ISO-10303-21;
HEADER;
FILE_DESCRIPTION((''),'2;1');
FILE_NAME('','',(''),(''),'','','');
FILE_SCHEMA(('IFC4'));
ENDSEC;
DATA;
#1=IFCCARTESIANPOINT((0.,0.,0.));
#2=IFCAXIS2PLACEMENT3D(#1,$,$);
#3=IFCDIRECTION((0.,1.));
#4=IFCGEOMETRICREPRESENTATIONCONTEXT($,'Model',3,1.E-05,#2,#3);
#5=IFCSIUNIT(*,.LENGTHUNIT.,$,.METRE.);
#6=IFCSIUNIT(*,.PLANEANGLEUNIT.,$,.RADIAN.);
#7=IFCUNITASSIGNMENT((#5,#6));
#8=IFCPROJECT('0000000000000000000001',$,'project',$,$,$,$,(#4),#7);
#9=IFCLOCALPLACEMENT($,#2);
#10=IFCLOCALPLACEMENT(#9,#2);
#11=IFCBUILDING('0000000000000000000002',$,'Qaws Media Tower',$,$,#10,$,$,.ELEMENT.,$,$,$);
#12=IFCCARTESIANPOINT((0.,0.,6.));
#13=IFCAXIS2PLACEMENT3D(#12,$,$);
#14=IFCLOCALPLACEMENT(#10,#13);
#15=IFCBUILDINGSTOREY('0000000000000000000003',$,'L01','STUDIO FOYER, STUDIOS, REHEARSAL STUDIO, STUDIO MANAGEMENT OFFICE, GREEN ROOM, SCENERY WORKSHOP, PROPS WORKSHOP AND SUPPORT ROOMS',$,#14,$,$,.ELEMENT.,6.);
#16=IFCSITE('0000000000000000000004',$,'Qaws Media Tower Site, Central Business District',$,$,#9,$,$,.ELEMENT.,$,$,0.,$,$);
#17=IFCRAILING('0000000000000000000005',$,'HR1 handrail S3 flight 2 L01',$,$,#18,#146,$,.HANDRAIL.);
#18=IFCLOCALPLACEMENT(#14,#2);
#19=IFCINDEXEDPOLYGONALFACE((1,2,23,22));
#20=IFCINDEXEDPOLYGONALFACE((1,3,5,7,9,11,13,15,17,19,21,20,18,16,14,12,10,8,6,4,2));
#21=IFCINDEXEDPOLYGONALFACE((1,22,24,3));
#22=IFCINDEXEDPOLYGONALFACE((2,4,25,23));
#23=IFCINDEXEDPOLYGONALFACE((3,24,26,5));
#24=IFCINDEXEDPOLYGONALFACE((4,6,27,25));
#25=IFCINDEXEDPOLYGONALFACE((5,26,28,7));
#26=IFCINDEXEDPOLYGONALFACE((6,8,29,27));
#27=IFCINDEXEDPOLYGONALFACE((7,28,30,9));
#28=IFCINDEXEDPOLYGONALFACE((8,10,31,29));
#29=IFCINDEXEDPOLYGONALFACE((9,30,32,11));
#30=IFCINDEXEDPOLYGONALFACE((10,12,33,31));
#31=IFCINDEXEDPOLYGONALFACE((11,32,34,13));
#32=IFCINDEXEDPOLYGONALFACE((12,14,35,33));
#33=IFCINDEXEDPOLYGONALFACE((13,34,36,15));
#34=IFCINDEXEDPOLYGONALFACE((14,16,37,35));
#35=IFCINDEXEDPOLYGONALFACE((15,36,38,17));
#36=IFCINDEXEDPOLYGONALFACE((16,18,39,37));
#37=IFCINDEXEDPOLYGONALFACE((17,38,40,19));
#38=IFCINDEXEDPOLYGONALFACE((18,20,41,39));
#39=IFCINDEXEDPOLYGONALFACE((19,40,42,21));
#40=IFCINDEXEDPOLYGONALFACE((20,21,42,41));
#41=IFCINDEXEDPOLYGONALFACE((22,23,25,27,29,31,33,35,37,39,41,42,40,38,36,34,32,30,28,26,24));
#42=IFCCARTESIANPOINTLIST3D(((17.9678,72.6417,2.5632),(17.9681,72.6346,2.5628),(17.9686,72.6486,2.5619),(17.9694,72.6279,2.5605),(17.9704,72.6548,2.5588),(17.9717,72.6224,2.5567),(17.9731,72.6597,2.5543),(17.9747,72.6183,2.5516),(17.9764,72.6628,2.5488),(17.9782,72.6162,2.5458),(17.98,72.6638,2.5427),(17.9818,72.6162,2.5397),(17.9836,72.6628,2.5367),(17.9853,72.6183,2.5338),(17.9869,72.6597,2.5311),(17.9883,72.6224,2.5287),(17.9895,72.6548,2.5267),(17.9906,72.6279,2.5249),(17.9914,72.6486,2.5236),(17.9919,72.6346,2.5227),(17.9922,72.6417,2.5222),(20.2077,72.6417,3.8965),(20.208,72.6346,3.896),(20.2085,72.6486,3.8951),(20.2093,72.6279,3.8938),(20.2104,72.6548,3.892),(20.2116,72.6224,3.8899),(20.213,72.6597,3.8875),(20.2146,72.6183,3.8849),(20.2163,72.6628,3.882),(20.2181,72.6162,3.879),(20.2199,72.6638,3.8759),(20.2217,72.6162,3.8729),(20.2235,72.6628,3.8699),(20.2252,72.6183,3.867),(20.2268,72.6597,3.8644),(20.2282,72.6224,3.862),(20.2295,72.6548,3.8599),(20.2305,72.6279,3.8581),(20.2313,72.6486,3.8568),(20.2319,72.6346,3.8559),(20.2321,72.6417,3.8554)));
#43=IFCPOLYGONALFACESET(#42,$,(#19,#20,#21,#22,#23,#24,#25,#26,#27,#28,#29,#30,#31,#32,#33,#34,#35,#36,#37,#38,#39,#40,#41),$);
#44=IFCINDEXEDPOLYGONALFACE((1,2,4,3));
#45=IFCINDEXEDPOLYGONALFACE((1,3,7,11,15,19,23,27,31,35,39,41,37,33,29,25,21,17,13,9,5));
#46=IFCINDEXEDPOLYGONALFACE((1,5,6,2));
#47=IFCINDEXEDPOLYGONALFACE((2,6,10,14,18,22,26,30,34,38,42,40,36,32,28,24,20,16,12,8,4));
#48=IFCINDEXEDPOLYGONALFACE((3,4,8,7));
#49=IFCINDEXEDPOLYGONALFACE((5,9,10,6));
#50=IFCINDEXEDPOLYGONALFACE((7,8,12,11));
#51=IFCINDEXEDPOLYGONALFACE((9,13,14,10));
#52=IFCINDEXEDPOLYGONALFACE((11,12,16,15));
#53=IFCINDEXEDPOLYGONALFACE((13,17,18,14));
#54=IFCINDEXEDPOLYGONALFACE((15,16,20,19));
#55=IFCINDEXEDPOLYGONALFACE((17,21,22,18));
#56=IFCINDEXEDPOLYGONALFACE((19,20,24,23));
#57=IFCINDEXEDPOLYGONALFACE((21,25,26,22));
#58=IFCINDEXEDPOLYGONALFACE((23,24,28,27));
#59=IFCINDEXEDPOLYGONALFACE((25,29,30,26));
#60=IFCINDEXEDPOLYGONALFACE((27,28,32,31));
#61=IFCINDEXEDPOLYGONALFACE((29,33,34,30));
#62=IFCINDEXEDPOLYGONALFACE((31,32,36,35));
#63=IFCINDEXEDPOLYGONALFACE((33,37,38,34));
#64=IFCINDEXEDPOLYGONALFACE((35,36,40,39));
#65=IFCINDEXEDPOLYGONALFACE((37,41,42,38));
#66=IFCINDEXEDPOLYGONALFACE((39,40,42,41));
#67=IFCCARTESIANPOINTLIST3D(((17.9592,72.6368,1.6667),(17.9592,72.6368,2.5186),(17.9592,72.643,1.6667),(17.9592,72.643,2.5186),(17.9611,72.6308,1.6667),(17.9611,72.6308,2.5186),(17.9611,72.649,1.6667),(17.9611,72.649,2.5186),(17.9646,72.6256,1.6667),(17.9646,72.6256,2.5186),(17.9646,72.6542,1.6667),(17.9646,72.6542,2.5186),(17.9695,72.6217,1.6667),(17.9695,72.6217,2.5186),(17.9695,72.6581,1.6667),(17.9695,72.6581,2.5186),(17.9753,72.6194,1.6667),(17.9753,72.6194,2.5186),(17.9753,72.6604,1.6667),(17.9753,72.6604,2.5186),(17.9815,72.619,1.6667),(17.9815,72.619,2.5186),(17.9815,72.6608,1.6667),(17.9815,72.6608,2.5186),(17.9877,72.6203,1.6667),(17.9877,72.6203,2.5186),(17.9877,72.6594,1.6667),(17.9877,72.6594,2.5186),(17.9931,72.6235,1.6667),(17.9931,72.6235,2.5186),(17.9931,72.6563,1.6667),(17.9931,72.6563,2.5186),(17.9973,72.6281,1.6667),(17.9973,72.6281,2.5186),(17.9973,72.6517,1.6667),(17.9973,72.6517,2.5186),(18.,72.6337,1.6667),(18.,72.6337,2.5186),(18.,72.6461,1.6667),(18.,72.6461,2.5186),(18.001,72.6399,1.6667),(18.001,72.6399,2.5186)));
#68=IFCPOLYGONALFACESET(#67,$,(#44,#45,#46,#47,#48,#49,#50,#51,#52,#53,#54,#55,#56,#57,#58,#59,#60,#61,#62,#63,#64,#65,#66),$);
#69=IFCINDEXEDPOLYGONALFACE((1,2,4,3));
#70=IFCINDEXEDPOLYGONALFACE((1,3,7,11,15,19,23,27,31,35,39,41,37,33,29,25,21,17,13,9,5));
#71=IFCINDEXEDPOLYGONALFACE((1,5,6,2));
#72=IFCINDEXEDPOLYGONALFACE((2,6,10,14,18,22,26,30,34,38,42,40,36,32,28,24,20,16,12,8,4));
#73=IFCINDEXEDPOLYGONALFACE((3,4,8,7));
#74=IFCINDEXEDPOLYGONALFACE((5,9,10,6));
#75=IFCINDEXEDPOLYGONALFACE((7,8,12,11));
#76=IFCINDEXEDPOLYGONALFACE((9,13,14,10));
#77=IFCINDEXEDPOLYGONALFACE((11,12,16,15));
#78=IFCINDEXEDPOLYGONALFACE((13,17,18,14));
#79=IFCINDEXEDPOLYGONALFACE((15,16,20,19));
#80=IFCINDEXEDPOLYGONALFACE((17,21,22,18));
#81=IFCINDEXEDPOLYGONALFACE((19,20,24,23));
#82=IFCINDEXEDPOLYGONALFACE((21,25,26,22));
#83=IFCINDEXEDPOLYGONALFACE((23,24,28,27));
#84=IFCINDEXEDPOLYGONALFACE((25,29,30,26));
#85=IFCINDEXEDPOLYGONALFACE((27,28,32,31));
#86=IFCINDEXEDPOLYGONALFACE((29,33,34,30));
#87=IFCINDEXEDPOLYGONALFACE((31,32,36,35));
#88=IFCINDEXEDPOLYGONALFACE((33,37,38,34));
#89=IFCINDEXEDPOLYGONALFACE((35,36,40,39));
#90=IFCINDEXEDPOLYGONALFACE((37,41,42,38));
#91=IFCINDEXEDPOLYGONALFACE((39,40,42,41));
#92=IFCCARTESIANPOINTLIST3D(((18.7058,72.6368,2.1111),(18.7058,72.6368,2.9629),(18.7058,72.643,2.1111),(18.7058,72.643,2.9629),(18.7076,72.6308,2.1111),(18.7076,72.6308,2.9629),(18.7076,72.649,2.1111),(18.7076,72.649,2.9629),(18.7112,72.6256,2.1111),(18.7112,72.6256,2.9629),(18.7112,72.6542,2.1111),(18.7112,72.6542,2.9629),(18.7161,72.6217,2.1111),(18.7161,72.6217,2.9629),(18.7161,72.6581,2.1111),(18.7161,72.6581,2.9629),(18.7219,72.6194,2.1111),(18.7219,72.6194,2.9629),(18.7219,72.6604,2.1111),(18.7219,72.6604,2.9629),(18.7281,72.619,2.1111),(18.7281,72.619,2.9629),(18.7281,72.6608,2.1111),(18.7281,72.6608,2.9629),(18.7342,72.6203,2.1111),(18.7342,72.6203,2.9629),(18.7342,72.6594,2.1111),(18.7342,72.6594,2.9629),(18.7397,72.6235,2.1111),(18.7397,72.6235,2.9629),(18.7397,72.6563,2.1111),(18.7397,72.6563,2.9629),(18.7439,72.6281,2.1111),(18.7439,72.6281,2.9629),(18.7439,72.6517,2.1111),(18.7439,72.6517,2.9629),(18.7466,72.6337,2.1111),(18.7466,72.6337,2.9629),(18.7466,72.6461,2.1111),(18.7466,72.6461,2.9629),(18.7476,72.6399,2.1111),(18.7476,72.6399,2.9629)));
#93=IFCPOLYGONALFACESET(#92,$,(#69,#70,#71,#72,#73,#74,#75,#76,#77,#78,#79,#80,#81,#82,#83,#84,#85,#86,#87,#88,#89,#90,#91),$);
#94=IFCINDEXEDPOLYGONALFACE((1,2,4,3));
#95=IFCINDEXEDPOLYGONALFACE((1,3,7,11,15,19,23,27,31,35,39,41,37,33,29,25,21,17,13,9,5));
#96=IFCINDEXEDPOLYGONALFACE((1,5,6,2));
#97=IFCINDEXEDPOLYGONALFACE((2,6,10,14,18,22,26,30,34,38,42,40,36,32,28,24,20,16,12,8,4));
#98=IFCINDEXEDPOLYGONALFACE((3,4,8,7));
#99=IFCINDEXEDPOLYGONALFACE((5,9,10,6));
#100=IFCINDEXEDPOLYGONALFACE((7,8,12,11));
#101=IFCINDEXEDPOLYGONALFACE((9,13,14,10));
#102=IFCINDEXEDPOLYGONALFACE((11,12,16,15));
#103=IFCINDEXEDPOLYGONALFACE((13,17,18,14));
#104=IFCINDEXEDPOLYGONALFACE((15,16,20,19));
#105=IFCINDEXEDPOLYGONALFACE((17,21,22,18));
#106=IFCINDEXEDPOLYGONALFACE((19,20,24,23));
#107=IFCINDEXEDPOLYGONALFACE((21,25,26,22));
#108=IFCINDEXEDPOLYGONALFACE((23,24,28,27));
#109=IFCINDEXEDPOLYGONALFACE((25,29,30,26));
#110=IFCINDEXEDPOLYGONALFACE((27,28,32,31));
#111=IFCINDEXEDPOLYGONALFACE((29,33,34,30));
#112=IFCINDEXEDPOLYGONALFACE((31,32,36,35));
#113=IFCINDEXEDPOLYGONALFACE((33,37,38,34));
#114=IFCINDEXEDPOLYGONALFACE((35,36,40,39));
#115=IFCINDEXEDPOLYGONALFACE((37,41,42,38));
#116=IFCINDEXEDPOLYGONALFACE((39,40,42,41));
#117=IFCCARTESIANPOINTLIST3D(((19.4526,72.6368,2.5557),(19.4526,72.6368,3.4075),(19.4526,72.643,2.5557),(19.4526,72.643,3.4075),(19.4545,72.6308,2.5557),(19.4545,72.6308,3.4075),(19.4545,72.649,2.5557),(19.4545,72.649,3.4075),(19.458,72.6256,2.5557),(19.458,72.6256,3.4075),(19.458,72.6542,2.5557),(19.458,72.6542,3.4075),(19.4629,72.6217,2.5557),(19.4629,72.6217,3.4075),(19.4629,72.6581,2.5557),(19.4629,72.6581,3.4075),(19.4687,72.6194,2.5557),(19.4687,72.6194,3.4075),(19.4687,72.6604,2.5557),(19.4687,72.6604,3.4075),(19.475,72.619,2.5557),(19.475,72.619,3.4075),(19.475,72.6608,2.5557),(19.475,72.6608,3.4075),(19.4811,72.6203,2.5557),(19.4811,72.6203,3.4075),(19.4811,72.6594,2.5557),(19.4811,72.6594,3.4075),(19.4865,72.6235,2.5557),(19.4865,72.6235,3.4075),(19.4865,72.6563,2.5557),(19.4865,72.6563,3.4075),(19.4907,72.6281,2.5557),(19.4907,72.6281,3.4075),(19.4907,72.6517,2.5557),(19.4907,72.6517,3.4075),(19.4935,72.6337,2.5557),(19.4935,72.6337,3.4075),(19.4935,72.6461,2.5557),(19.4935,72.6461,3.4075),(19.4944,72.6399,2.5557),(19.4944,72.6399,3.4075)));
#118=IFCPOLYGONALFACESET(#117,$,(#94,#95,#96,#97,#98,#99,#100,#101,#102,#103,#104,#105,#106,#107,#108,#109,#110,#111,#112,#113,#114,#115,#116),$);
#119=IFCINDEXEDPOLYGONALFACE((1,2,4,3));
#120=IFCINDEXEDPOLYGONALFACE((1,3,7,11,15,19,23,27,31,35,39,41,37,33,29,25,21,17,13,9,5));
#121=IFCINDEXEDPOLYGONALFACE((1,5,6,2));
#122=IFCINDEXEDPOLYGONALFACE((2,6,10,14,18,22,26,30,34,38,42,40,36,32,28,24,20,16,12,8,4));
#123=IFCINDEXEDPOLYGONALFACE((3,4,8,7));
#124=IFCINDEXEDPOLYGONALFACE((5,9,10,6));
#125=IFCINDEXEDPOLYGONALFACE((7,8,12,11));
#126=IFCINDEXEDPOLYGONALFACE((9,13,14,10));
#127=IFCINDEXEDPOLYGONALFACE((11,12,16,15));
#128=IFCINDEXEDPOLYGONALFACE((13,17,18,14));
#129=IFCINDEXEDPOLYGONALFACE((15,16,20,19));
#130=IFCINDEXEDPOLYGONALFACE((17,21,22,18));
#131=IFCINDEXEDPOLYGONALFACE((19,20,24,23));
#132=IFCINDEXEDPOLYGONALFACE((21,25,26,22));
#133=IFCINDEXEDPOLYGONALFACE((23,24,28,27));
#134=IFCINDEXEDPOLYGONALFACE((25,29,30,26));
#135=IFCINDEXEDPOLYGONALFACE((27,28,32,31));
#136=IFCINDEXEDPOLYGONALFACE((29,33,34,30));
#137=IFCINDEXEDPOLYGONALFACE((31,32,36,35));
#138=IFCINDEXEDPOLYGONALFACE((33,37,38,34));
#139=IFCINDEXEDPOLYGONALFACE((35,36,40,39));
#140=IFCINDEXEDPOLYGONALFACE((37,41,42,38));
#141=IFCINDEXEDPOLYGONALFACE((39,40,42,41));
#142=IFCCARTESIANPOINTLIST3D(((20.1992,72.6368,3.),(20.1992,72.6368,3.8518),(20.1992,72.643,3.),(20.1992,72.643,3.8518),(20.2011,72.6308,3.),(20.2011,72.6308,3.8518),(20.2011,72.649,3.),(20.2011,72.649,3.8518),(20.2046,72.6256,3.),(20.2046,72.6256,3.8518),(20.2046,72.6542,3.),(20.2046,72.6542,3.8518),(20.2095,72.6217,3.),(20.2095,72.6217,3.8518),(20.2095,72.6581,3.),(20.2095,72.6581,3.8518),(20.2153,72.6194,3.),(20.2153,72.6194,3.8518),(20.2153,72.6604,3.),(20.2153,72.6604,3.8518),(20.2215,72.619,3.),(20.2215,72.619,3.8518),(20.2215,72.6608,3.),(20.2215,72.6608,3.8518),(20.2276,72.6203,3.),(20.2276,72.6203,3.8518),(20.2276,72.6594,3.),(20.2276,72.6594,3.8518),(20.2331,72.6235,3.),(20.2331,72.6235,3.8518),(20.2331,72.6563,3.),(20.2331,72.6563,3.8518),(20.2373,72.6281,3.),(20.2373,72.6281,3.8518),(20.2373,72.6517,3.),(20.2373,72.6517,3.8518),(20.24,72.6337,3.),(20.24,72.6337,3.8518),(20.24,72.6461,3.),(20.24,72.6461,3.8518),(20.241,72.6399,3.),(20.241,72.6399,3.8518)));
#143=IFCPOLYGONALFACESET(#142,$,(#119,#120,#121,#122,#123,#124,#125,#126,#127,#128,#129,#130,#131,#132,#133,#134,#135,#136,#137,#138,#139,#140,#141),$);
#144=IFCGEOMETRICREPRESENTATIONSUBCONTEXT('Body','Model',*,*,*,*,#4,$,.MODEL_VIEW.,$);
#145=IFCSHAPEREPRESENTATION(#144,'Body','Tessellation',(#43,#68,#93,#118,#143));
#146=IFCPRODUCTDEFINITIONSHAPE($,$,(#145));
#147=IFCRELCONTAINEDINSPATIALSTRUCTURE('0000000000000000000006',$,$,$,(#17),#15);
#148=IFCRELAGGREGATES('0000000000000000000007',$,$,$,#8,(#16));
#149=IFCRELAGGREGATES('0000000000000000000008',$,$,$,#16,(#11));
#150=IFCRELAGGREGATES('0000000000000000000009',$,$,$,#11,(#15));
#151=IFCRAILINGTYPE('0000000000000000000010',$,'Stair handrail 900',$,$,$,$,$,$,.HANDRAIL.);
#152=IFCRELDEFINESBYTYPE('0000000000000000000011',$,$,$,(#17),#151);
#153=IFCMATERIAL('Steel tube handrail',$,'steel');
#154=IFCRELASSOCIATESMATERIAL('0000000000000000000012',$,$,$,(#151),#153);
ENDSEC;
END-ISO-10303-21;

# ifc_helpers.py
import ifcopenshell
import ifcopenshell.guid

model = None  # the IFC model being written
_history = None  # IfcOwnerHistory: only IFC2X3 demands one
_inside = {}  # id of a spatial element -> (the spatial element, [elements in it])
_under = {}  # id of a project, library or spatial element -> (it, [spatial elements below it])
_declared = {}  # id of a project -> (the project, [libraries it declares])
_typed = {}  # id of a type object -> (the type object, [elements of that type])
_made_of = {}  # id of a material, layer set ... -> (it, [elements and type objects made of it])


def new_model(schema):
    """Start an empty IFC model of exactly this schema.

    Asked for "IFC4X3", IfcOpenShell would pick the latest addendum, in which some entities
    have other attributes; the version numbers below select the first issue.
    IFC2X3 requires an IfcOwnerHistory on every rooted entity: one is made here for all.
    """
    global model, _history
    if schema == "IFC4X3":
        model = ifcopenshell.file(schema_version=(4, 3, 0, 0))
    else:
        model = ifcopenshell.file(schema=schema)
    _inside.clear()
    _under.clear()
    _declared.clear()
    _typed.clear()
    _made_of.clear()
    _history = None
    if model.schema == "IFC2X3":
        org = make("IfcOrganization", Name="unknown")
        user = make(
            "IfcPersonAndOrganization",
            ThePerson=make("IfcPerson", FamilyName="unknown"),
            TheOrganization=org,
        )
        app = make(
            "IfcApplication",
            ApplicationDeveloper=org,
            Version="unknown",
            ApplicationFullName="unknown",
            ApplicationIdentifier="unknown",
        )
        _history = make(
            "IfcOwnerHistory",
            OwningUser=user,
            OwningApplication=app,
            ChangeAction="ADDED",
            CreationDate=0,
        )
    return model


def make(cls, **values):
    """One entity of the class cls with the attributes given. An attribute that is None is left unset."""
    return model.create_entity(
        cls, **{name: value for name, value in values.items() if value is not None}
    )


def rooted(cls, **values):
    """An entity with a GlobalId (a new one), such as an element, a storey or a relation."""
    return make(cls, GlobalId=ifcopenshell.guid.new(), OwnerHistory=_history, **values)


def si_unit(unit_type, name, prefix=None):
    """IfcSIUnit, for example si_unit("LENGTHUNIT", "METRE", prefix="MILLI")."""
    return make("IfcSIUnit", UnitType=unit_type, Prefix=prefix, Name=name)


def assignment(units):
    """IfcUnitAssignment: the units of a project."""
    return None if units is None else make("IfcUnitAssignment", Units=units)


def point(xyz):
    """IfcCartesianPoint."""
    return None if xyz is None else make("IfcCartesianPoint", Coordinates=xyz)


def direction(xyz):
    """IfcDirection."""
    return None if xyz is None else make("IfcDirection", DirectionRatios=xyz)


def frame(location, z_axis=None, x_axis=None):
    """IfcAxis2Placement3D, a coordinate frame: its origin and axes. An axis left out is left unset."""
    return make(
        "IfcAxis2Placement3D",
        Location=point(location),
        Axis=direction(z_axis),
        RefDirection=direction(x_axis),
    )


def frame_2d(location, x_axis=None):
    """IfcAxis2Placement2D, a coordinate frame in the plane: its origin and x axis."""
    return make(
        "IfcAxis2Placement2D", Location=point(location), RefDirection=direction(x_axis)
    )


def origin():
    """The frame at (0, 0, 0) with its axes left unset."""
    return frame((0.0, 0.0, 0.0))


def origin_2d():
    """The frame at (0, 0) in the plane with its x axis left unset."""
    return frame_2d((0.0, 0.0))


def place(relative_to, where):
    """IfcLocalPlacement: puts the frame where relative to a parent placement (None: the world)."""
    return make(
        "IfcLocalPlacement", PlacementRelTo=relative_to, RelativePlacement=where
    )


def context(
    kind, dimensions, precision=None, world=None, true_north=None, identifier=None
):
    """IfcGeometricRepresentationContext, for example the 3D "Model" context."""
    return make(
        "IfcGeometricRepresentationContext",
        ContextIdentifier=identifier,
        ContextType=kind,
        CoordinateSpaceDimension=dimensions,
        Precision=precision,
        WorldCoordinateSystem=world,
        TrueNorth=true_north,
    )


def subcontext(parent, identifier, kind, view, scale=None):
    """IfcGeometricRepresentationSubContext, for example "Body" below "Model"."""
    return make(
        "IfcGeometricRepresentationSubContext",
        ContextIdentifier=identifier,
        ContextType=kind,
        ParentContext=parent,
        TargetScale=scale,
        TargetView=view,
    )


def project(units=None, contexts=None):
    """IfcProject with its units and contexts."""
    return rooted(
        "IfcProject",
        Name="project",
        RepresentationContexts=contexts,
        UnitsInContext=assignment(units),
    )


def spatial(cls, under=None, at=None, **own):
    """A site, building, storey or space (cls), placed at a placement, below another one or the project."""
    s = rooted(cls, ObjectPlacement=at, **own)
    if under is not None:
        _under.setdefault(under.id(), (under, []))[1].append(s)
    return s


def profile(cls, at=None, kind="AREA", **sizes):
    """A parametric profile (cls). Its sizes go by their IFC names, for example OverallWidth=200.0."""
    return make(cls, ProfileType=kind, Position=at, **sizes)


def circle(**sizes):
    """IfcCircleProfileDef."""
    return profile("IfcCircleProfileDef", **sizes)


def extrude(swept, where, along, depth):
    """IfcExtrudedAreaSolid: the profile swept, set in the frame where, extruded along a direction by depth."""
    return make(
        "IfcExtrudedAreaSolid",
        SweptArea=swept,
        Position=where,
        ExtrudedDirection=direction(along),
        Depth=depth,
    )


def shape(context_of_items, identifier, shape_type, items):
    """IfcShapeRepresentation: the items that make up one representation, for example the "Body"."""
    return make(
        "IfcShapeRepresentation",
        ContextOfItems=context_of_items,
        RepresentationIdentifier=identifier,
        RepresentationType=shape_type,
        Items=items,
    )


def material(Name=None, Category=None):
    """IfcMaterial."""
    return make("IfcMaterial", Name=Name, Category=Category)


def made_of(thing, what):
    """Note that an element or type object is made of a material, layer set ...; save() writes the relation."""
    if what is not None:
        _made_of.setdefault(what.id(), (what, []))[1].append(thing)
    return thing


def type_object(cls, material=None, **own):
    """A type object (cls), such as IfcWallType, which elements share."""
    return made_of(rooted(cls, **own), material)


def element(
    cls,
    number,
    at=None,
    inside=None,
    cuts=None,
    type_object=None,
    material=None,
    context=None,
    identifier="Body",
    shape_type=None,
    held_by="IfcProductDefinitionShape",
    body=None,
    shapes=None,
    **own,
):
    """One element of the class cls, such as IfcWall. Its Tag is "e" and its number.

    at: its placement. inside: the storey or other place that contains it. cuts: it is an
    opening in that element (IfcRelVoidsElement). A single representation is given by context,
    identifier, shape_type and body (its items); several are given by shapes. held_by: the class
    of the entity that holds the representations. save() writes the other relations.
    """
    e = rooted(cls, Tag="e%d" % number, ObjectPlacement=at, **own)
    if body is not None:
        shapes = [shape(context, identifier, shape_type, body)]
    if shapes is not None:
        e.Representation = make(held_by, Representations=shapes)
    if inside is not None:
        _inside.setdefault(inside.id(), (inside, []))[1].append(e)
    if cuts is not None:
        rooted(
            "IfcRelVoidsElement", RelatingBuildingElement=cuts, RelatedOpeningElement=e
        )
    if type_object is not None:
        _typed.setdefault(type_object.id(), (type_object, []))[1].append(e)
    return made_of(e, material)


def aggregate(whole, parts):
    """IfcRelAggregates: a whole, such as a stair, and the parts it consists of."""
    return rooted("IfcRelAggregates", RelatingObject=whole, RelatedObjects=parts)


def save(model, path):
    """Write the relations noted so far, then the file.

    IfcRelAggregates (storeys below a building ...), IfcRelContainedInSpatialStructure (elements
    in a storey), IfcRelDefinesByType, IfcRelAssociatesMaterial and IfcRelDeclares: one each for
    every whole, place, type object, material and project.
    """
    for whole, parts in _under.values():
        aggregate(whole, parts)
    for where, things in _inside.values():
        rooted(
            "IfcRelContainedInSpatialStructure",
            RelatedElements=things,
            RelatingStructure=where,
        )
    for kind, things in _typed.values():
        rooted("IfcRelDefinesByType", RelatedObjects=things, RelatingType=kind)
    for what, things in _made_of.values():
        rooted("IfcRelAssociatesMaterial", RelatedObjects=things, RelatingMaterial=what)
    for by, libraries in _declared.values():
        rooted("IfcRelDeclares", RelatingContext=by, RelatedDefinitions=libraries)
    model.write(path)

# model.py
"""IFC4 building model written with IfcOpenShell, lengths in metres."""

from ifc_helpers import new_model, si_unit, direction, frame, origin, origin_2d, place, context, subcontext, project, spatial, circle, extrude, material, type_object, element, save


model = new_model("IFC4")

# Units and contexts
model_context = context("Model", 3, precision=1e-05, world=origin(), true_north=direction((0.0, 1.0)))
body_context = subcontext(model_context, "Body", "Model", "MODEL_VIEW")
ifc_project = project(units=[si_unit("LENGTHUNIT", "METRE"), si_unit("PLANEANGLEUNIT", "RADIAN")], contexts=[model_context])

# Site, building, storey
site_placement = place(None, origin())
site = spatial("IfcSite", under=ifc_project, at=site_placement, Name="Qaws Media Tower Site, Central Business District", CompositionType="ELEMENT", RefElevation=0.0)
building_placement = place(site_placement, origin())
building = spatial("IfcBuilding", under=site, at=building_placement, Name="Qaws Media Tower", CompositionType="ELEMENT")
storey_placement = place(building_placement, frame((0.0, 0.0, 6.0)))
storey = spatial("IfcBuildingStorey", under=building, at=storey_placement, Name="L01", Description="STUDIO FOYER, STUDIOS, REHEARSAL STUDIO, STUDIO MANAGEMENT OFFICE, GREEN ROOM, SCENERY WORKSHOP, PROPS WORKSHOP AND SUPPORT ROOMS", CompositionType="ELEMENT", Elevation=6.0)

# Railing
ifc_material_1 = material(Name="Steel tube handrail", Category="steel")
railing_type = type_object("IfcRailingType", Name="Stair handrail 900", PredefinedType="HANDRAIL", material=ifc_material_1)
for number, where, name in (
    (1, (17.98, 72.6399, 1.6667), "HR1 handrail S3 flight 2 L01"),
):
    element("IfcRailing", number, at=place(storey_placement, frame(where)), inside=storey, type_object=railing_type, Name=name, PredefinedType="HANDRAIL", context=body_context, shape_type="SweptSolid", body=[
        extrude(circle(Radius=0.0239, at=origin_2d()), frame((0.0, 0.0, 0.876), z_axis=(0.859306, 0.0, 0.511462), x_axis=(0.0, 1.0, 0.0)), (0.0, 0.0, 1.0), 2.6067),
        extrude(circle(Radius=0.021, at=origin_2d()), origin(), (0.0, 0.0, 1.0), 0.8518),
        extrude(circle(Radius=0.021, at=origin_2d()), frame((0.7466, 0.0, 0.4443)), (0.0, 0.0, 1.0), 0.8518),
        extrude(circle(Radius=0.021, at=origin_2d()), frame((1.4934, 0.0, 0.8889)), (0.0, 0.0, 1.0), 0.8518),
        extrude(circle(Radius=0.021, at=origin_2d()), frame((2.24, 0.0, 1.3333)), (0.0, 0.0, 1.0), 0.8518),
    ])

save(model, "model.ifc")
